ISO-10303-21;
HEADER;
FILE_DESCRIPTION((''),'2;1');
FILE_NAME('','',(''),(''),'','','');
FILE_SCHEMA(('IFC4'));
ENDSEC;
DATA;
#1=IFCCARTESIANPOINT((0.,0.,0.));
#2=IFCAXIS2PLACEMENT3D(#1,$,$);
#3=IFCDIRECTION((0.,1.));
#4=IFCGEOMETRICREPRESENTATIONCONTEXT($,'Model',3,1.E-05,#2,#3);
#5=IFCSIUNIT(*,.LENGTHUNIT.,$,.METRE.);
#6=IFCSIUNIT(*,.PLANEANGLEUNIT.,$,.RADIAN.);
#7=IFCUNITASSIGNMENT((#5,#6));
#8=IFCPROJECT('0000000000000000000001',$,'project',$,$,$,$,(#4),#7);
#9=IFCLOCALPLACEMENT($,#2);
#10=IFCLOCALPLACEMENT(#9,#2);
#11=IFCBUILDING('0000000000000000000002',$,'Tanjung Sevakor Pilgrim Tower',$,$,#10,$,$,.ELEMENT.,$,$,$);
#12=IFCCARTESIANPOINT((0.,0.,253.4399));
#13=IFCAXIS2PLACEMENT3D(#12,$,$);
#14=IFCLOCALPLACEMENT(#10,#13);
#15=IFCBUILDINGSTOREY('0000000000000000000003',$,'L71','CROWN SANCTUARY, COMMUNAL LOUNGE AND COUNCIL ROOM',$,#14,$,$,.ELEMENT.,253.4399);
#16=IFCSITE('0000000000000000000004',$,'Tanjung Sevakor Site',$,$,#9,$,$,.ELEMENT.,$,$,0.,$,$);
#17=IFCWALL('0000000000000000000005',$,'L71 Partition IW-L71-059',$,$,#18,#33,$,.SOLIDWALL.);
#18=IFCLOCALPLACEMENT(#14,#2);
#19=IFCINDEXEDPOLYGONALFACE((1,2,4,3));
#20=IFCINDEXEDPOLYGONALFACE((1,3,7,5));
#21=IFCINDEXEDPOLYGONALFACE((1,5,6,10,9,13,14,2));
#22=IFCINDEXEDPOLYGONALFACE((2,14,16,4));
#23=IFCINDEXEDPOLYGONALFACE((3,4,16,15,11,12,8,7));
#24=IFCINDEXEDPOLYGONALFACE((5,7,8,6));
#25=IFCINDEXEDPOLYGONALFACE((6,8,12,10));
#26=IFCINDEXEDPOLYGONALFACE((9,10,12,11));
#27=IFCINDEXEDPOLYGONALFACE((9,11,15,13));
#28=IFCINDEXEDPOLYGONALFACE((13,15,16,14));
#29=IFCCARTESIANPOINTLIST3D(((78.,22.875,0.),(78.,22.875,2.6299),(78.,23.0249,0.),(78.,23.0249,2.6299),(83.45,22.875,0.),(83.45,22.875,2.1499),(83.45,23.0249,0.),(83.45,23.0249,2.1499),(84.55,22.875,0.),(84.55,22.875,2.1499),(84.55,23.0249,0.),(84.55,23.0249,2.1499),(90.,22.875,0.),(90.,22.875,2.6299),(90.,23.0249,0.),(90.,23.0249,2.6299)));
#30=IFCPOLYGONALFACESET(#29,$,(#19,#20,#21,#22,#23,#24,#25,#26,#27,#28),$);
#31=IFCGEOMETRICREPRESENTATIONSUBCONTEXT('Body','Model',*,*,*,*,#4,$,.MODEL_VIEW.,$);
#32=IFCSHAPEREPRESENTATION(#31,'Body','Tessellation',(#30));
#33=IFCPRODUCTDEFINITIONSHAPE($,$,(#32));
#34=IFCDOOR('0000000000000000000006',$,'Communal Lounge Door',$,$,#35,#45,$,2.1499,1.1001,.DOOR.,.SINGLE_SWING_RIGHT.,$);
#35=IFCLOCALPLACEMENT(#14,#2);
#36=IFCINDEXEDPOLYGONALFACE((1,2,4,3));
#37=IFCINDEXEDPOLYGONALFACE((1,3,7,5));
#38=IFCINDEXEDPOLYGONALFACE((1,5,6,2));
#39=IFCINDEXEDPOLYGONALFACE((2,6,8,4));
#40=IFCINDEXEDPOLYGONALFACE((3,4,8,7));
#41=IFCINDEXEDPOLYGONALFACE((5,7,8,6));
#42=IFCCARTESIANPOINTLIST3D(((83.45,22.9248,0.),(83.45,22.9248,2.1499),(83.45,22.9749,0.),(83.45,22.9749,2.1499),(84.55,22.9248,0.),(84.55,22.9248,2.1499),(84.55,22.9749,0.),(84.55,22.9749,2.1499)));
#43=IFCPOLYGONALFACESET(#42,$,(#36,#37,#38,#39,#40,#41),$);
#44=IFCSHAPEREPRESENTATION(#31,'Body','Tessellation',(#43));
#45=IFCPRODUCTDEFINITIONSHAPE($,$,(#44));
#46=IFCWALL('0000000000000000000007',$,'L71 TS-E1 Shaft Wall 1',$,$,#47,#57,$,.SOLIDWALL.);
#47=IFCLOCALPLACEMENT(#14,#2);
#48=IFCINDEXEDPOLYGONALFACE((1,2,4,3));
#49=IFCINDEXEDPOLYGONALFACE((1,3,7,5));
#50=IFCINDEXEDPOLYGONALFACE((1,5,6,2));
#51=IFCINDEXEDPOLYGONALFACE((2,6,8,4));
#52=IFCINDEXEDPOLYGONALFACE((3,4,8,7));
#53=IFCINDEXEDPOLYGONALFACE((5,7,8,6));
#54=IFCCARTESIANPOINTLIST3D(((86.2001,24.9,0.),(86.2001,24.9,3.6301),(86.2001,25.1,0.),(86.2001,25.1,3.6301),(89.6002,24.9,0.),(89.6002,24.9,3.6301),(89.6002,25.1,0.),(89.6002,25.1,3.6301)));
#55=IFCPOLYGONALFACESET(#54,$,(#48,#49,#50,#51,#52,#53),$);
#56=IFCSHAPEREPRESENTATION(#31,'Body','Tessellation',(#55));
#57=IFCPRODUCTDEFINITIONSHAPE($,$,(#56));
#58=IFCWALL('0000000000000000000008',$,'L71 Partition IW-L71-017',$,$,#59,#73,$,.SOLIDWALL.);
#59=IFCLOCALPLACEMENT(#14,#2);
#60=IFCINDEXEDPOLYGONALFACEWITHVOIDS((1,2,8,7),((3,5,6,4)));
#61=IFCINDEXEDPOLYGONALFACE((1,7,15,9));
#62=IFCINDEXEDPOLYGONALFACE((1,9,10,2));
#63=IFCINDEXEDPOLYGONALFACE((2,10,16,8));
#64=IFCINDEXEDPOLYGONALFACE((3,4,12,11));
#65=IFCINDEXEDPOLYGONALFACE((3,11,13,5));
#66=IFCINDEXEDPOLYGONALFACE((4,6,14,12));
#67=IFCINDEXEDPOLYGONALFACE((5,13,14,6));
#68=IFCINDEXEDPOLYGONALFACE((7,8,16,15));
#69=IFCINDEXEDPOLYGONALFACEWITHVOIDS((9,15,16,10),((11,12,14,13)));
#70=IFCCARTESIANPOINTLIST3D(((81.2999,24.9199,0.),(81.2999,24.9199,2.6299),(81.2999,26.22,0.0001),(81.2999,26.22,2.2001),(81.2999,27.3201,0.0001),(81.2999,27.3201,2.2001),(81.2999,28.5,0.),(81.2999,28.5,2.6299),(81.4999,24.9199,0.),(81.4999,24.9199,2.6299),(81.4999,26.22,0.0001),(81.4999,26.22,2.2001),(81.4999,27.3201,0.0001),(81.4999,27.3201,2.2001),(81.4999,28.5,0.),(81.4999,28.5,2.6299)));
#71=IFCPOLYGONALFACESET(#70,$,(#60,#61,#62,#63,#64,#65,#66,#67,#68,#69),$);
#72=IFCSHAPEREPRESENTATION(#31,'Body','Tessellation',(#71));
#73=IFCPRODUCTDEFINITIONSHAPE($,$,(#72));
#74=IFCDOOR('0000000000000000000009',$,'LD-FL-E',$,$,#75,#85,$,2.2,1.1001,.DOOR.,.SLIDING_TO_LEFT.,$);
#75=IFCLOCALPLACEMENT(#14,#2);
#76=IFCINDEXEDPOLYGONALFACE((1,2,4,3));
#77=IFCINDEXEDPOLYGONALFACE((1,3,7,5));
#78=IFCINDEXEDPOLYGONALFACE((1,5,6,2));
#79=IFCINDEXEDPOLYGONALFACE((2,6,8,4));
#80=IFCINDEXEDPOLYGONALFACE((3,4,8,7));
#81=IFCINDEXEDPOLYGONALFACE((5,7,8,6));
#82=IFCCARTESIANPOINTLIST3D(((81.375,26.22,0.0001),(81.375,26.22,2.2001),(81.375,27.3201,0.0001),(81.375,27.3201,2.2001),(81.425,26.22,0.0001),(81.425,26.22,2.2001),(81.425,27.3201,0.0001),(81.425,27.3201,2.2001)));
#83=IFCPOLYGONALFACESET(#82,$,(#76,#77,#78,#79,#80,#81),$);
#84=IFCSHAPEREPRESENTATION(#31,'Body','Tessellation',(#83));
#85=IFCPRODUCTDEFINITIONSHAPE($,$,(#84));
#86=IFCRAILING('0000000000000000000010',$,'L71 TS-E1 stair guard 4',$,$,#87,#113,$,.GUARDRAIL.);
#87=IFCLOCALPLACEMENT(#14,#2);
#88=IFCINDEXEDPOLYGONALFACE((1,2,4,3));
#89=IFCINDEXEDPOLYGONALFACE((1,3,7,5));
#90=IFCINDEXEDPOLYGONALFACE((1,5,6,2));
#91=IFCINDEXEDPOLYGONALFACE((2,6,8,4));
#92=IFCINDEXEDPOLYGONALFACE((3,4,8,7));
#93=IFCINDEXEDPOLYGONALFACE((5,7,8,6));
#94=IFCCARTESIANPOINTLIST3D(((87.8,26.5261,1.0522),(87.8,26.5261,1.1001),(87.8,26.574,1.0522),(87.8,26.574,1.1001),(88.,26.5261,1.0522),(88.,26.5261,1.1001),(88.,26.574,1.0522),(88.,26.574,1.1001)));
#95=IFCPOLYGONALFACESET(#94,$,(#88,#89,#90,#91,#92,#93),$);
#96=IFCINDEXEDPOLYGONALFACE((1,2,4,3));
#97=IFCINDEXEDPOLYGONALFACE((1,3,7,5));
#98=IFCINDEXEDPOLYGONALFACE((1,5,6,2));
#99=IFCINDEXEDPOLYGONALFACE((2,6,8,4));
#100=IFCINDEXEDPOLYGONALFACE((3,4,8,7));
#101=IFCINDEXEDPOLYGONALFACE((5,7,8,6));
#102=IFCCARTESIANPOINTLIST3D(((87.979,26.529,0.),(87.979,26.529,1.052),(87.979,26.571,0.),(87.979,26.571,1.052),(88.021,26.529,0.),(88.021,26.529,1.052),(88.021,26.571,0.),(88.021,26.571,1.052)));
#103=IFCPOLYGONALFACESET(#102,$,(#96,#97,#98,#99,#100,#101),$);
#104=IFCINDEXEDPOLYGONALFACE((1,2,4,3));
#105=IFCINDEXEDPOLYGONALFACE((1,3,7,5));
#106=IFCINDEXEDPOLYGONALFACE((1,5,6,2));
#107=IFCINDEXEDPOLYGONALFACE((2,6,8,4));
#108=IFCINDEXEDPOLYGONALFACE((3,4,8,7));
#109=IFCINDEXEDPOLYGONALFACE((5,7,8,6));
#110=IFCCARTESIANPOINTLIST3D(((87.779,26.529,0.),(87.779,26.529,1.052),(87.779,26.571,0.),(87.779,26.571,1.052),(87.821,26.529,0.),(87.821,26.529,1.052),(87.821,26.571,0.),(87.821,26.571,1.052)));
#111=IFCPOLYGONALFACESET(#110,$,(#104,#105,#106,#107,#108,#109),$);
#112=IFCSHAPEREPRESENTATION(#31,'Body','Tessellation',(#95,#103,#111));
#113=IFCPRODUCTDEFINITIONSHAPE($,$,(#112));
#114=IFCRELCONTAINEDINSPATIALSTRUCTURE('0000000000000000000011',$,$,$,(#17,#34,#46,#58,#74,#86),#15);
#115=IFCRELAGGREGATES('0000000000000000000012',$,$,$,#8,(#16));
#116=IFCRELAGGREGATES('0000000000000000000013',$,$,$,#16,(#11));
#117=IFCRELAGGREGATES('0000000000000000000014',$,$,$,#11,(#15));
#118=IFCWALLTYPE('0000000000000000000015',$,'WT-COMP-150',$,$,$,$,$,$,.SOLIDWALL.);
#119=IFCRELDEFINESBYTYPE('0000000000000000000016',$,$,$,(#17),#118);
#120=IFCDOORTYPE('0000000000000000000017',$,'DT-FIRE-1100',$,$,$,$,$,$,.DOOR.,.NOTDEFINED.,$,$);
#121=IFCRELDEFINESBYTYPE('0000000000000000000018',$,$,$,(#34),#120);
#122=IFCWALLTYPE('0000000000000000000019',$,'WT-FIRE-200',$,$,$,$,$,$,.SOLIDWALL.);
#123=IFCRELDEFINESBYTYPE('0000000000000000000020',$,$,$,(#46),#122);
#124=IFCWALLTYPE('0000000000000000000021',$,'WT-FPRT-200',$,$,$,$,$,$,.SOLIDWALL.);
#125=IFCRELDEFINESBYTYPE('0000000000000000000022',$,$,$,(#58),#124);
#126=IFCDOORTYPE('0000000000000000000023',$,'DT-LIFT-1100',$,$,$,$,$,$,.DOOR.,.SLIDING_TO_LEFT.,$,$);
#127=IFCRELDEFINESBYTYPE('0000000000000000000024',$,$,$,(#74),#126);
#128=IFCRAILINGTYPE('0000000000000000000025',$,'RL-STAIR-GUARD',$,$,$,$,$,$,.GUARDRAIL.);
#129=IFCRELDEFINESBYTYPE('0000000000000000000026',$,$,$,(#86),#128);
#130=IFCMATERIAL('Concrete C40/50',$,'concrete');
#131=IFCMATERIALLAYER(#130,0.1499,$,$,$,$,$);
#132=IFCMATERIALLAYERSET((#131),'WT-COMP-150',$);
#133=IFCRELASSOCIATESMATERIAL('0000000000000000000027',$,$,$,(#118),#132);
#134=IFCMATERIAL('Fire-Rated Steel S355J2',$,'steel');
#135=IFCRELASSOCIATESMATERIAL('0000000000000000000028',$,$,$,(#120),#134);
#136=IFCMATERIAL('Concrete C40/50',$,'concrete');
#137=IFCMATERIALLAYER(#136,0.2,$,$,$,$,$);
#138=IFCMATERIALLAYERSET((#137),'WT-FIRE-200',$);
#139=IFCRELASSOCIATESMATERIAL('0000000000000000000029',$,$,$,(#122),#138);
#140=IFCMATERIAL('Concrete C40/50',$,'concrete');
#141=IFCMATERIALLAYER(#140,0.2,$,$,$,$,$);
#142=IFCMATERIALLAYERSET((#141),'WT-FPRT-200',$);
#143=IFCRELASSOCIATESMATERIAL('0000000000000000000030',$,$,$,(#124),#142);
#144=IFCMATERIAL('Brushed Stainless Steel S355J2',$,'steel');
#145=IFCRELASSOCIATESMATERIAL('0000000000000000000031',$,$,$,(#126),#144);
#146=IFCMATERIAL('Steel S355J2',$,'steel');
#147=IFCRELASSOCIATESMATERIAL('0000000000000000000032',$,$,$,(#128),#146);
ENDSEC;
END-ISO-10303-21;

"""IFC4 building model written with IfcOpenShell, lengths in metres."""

from ifc_helpers import new_model, si_unit, direction, frame, frame_2d, origin, place, context, subcontext, project, spatial, rectangle, extrude, material, layer, layer_set, type_object, element, fill, save


model = new_model("IFC4")

# Units and contexts
model_context = context("Model", 3, precision=1e-05, world=origin(), true_north=direction((0.0, 1.0)))
body_context = subcontext(model_context, "Body", "Model", "MODEL_VIEW")
ifc_project = project(units=[si_unit("LENGTHUNIT", "METRE"), si_unit("PLANEANGLEUNIT", "RADIAN")], contexts=[model_context])

# Site, building, storey
site_placement = place(None, origin())
site = spatial("IfcSite", under=ifc_project, at=site_placement, Name="Tanjung Sevakor Site", CompositionType="ELEMENT", RefElevation=0.0)
building_placement = place(site_placement, origin())
building = spatial("IfcBuilding", under=site, at=building_placement, Name="Tanjung Sevakor Pilgrim Tower", CompositionType="ELEMENT")
storey_placement = place(building_placement, frame((0.0, 0.0, 253.4399)))
storey = spatial("IfcBuildingStorey", under=building, at=storey_placement, Name="L71", Description="CROWN SANCTUARY, COMMUNAL LOUNGE AND COUNCIL ROOM", CompositionType="ELEMENT", Elevation=253.4399)

# Wall, opening, door
ifc_material_1 = material(Name="Concrete C40/50", Category="concrete")
ifc_layer_1 = layer(ifc_material_1, 0.1499)
ifc_layer_set_1 = layer_set([ifc_layer_1], Name="WT-COMP-150")
wall_type_1 = type_object("IfcWallType", Name="WT-COMP-150", PredefinedType="SOLIDWALL", material=ifc_layer_set_1)
wall_1_placement = place(storey_placement, frame((78.0, 22.95, 0.0), z_axis=(0.0, 0.0, 1.0), x_axis=(1.0, 0.0, 0.0)))
wall_1 = element("IfcWall", 1, at=wall_1_placement, inside=storey, type_object=wall_type_1, Name="L71 Partition IW-L71-059", PredefinedType="SOLIDWALL", context=body_context, shape_type="SweptSolid", body=[
    extrude(rectangle(XDim=12.0, YDim=0.1499, at=frame_2d((6.0, 0.0))), origin(), (0.0, 0.0, 1.0), 2.6299),
])
opening_1_placement = place(wall_1_placement, frame((5.45, 0.0, 0.0)))
opening_1 = element("IfcOpeningElement", 2, at=opening_1_placement, cuts=wall_1, PredefinedType="OPENING", context=body_context, shape_type="SweptSolid", body=[
    extrude(rectangle(XDim=1.1001, YDim=2.1499, at=frame_2d((0.55, 1.075))), frame((0.0, 0.085, 0.0), z_axis=(0.0, -1.0, 0.0), x_axis=(1.0, 0.0, 0.0)), (0.0, 0.0, 1.0), 0.1699),
])
ifc_material_2 = material(Name="Fire-Rated Steel S355J2", Category="steel")
door_type_1 = type_object("IfcDoorType", Name="DT-FIRE-1100", OperationType="NOTDEFINED", PredefinedType="DOOR", material=ifc_material_2)
door_1_placement = place(opening_1_placement, origin())
door_1 = element("IfcDoor", 3, at=door_1_placement, inside=storey, type_object=door_type_1, Name="Communal Lounge Door", OperationType="SINGLE_SWING_RIGHT", OverallHeight=2.1499, OverallWidth=1.1001, PredefinedType="DOOR", context=body_context, shape_type="SweptSolid", body=[
    extrude(rectangle(XDim=1.1001, YDim=2.1499, at=frame_2d((0.55, 1.075))), frame((0.0, 0.0249, 0.0), z_axis=(0.0, -1.0, 0.0), x_axis=(1.0, 0.0, 0.0)), (0.0, 0.0, 1.0), 0.05),
])
fill(opening_1, door_1)

# Wall
ifc_material_3 = material(Name="Concrete C40/50", Category="concrete")
ifc_layer_2 = layer(ifc_material_3, 0.2)
ifc_layer_set_2 = layer_set([ifc_layer_2], Name="WT-FIRE-200")
wall_type_2 = type_object("IfcWallType", Name="WT-FIRE-200", PredefinedType="SOLIDWALL", material=ifc_layer_set_2)
wall_2_placement = place(storey_placement, frame((86.2, 25.0, 0.0), z_axis=(0.0, 0.0, 1.0), x_axis=(1.0, 0.0, 0.0)))
element("IfcWall", 4, at=wall_2_placement, inside=storey, type_object=wall_type_2, Name="L71 TS-E1 Shaft Wall 1", PredefinedType="SOLIDWALL", context=body_context, shape_type="SweptSolid", body=[
    extrude(rectangle(XDim=3.4001, YDim=0.2, at=frame_2d((1.7002, 0.0))), origin(), (0.0, 0.0, 1.0), 3.6301),
])

# Wall, opening, door
ifc_material_4 = material(Name="Concrete C40/50", Category="concrete")
ifc_layer_3 = layer(ifc_material_4, 0.2)
ifc_layer_set_3 = layer_set([ifc_layer_3], Name="WT-FPRT-200")
wall_type_3 = type_object("IfcWallType", Name="WT-FPRT-200", PredefinedType="SOLIDWALL", material=ifc_layer_set_3)
wall_3_placement = place(storey_placement, frame((81.3999, 24.9199, 0.0), z_axis=(0.0, 0.0, 1.0), x_axis=(0.0, 1.0, 0.0)))
wall_3 = element("IfcWall", 5, at=wall_3_placement, inside=storey, type_object=wall_type_3, Name="L71 Partition IW-L71-017", PredefinedType="SOLIDWALL", context=body_context, shape_type="SweptSolid", body=[
    extrude(rectangle(XDim=3.5801, YDim=0.2, at=frame_2d((1.79, 0.0))), origin(), (0.0, 0.0, 1.0), 2.6299),
])
opening_2_placement = place(wall_3_placement, frame((1.3, 0.0, 0.0)))
opening_2 = element("IfcOpeningElement", 6, at=opening_2_placement, cuts=wall_3, PredefinedType="OPENING", context=body_context, shape_type="SweptSolid", body=[
    extrude(rectangle(XDim=1.1001, YDim=2.2, at=frame_2d((0.55, 1.1001))), frame((0.0, 0.1099, 0.0), z_axis=(0.0, -1.0, 0.0), x_axis=(1.0, 0.0, 0.0)), (0.0, 0.0, 1.0), 0.22),
])
ifc_material_5 = material(Name="Brushed Stainless Steel S355J2", Category="steel")
door_type_2 = type_object("IfcDoorType", Name="DT-LIFT-1100", OperationType="SLIDING_TO_LEFT", PredefinedType="DOOR", material=ifc_material_5)
door_2_placement = place(opening_2_placement, origin())
door_2 = element("IfcDoor", 7, at=door_2_placement, inside=storey, type_object=door_type_2, Name="LD-FL-E", OperationType="SLIDING_TO_LEFT", OverallHeight=2.2, OverallWidth=1.1001, PredefinedType="DOOR", context=body_context, shape_type="SweptSolid", body=[
    extrude(rectangle(XDim=1.1001, YDim=2.2, at=frame_2d((0.55, 1.1001))), frame((0.0, 0.0249, 0.0), z_axis=(0.0, -1.0, 0.0), x_axis=(1.0, 0.0, 0.0)), (0.0, 0.0, 1.0), 0.05),
])
fill(opening_2, door_2)

# Railing
ifc_material_6 = material(Name="Steel S355J2", Category="steel")
railing_type = type_object("IfcRailingType", Name="RL-STAIR-GUARD", PredefinedType="GUARDRAIL", material=ifc_material_6)
railing_placement = place(storey_placement, frame((88.0, 26.55, 0.0)))
element("IfcRailing", 8, at=railing_placement, inside=storey, type_object=railing_type, Name="L71 TS-E1 stair guard 4", PredefinedType="GUARDRAIL", context=body_context, shape_type="SweptSolid", body=[
    extrude(rectangle(XDim=0.0479, YDim=0.0479), frame((0.0, 0.0, 1.0762), z_axis=(-1.0, 0.0, 0.0), x_axis=(0.0, -1.0, 0.0)), (0.0, 0.0, 1.0), 0.2),
    extrude(rectangle(XDim=0.042, YDim=0.042), origin(), (0.0, 0.0, 1.0), 1.052),
    extrude(rectangle(XDim=0.042, YDim=0.042), frame((-0.2, 0.0, 0.0)), (0.0, 0.0, 1.0), 1.052),
])

save(model, "model.ifc")
